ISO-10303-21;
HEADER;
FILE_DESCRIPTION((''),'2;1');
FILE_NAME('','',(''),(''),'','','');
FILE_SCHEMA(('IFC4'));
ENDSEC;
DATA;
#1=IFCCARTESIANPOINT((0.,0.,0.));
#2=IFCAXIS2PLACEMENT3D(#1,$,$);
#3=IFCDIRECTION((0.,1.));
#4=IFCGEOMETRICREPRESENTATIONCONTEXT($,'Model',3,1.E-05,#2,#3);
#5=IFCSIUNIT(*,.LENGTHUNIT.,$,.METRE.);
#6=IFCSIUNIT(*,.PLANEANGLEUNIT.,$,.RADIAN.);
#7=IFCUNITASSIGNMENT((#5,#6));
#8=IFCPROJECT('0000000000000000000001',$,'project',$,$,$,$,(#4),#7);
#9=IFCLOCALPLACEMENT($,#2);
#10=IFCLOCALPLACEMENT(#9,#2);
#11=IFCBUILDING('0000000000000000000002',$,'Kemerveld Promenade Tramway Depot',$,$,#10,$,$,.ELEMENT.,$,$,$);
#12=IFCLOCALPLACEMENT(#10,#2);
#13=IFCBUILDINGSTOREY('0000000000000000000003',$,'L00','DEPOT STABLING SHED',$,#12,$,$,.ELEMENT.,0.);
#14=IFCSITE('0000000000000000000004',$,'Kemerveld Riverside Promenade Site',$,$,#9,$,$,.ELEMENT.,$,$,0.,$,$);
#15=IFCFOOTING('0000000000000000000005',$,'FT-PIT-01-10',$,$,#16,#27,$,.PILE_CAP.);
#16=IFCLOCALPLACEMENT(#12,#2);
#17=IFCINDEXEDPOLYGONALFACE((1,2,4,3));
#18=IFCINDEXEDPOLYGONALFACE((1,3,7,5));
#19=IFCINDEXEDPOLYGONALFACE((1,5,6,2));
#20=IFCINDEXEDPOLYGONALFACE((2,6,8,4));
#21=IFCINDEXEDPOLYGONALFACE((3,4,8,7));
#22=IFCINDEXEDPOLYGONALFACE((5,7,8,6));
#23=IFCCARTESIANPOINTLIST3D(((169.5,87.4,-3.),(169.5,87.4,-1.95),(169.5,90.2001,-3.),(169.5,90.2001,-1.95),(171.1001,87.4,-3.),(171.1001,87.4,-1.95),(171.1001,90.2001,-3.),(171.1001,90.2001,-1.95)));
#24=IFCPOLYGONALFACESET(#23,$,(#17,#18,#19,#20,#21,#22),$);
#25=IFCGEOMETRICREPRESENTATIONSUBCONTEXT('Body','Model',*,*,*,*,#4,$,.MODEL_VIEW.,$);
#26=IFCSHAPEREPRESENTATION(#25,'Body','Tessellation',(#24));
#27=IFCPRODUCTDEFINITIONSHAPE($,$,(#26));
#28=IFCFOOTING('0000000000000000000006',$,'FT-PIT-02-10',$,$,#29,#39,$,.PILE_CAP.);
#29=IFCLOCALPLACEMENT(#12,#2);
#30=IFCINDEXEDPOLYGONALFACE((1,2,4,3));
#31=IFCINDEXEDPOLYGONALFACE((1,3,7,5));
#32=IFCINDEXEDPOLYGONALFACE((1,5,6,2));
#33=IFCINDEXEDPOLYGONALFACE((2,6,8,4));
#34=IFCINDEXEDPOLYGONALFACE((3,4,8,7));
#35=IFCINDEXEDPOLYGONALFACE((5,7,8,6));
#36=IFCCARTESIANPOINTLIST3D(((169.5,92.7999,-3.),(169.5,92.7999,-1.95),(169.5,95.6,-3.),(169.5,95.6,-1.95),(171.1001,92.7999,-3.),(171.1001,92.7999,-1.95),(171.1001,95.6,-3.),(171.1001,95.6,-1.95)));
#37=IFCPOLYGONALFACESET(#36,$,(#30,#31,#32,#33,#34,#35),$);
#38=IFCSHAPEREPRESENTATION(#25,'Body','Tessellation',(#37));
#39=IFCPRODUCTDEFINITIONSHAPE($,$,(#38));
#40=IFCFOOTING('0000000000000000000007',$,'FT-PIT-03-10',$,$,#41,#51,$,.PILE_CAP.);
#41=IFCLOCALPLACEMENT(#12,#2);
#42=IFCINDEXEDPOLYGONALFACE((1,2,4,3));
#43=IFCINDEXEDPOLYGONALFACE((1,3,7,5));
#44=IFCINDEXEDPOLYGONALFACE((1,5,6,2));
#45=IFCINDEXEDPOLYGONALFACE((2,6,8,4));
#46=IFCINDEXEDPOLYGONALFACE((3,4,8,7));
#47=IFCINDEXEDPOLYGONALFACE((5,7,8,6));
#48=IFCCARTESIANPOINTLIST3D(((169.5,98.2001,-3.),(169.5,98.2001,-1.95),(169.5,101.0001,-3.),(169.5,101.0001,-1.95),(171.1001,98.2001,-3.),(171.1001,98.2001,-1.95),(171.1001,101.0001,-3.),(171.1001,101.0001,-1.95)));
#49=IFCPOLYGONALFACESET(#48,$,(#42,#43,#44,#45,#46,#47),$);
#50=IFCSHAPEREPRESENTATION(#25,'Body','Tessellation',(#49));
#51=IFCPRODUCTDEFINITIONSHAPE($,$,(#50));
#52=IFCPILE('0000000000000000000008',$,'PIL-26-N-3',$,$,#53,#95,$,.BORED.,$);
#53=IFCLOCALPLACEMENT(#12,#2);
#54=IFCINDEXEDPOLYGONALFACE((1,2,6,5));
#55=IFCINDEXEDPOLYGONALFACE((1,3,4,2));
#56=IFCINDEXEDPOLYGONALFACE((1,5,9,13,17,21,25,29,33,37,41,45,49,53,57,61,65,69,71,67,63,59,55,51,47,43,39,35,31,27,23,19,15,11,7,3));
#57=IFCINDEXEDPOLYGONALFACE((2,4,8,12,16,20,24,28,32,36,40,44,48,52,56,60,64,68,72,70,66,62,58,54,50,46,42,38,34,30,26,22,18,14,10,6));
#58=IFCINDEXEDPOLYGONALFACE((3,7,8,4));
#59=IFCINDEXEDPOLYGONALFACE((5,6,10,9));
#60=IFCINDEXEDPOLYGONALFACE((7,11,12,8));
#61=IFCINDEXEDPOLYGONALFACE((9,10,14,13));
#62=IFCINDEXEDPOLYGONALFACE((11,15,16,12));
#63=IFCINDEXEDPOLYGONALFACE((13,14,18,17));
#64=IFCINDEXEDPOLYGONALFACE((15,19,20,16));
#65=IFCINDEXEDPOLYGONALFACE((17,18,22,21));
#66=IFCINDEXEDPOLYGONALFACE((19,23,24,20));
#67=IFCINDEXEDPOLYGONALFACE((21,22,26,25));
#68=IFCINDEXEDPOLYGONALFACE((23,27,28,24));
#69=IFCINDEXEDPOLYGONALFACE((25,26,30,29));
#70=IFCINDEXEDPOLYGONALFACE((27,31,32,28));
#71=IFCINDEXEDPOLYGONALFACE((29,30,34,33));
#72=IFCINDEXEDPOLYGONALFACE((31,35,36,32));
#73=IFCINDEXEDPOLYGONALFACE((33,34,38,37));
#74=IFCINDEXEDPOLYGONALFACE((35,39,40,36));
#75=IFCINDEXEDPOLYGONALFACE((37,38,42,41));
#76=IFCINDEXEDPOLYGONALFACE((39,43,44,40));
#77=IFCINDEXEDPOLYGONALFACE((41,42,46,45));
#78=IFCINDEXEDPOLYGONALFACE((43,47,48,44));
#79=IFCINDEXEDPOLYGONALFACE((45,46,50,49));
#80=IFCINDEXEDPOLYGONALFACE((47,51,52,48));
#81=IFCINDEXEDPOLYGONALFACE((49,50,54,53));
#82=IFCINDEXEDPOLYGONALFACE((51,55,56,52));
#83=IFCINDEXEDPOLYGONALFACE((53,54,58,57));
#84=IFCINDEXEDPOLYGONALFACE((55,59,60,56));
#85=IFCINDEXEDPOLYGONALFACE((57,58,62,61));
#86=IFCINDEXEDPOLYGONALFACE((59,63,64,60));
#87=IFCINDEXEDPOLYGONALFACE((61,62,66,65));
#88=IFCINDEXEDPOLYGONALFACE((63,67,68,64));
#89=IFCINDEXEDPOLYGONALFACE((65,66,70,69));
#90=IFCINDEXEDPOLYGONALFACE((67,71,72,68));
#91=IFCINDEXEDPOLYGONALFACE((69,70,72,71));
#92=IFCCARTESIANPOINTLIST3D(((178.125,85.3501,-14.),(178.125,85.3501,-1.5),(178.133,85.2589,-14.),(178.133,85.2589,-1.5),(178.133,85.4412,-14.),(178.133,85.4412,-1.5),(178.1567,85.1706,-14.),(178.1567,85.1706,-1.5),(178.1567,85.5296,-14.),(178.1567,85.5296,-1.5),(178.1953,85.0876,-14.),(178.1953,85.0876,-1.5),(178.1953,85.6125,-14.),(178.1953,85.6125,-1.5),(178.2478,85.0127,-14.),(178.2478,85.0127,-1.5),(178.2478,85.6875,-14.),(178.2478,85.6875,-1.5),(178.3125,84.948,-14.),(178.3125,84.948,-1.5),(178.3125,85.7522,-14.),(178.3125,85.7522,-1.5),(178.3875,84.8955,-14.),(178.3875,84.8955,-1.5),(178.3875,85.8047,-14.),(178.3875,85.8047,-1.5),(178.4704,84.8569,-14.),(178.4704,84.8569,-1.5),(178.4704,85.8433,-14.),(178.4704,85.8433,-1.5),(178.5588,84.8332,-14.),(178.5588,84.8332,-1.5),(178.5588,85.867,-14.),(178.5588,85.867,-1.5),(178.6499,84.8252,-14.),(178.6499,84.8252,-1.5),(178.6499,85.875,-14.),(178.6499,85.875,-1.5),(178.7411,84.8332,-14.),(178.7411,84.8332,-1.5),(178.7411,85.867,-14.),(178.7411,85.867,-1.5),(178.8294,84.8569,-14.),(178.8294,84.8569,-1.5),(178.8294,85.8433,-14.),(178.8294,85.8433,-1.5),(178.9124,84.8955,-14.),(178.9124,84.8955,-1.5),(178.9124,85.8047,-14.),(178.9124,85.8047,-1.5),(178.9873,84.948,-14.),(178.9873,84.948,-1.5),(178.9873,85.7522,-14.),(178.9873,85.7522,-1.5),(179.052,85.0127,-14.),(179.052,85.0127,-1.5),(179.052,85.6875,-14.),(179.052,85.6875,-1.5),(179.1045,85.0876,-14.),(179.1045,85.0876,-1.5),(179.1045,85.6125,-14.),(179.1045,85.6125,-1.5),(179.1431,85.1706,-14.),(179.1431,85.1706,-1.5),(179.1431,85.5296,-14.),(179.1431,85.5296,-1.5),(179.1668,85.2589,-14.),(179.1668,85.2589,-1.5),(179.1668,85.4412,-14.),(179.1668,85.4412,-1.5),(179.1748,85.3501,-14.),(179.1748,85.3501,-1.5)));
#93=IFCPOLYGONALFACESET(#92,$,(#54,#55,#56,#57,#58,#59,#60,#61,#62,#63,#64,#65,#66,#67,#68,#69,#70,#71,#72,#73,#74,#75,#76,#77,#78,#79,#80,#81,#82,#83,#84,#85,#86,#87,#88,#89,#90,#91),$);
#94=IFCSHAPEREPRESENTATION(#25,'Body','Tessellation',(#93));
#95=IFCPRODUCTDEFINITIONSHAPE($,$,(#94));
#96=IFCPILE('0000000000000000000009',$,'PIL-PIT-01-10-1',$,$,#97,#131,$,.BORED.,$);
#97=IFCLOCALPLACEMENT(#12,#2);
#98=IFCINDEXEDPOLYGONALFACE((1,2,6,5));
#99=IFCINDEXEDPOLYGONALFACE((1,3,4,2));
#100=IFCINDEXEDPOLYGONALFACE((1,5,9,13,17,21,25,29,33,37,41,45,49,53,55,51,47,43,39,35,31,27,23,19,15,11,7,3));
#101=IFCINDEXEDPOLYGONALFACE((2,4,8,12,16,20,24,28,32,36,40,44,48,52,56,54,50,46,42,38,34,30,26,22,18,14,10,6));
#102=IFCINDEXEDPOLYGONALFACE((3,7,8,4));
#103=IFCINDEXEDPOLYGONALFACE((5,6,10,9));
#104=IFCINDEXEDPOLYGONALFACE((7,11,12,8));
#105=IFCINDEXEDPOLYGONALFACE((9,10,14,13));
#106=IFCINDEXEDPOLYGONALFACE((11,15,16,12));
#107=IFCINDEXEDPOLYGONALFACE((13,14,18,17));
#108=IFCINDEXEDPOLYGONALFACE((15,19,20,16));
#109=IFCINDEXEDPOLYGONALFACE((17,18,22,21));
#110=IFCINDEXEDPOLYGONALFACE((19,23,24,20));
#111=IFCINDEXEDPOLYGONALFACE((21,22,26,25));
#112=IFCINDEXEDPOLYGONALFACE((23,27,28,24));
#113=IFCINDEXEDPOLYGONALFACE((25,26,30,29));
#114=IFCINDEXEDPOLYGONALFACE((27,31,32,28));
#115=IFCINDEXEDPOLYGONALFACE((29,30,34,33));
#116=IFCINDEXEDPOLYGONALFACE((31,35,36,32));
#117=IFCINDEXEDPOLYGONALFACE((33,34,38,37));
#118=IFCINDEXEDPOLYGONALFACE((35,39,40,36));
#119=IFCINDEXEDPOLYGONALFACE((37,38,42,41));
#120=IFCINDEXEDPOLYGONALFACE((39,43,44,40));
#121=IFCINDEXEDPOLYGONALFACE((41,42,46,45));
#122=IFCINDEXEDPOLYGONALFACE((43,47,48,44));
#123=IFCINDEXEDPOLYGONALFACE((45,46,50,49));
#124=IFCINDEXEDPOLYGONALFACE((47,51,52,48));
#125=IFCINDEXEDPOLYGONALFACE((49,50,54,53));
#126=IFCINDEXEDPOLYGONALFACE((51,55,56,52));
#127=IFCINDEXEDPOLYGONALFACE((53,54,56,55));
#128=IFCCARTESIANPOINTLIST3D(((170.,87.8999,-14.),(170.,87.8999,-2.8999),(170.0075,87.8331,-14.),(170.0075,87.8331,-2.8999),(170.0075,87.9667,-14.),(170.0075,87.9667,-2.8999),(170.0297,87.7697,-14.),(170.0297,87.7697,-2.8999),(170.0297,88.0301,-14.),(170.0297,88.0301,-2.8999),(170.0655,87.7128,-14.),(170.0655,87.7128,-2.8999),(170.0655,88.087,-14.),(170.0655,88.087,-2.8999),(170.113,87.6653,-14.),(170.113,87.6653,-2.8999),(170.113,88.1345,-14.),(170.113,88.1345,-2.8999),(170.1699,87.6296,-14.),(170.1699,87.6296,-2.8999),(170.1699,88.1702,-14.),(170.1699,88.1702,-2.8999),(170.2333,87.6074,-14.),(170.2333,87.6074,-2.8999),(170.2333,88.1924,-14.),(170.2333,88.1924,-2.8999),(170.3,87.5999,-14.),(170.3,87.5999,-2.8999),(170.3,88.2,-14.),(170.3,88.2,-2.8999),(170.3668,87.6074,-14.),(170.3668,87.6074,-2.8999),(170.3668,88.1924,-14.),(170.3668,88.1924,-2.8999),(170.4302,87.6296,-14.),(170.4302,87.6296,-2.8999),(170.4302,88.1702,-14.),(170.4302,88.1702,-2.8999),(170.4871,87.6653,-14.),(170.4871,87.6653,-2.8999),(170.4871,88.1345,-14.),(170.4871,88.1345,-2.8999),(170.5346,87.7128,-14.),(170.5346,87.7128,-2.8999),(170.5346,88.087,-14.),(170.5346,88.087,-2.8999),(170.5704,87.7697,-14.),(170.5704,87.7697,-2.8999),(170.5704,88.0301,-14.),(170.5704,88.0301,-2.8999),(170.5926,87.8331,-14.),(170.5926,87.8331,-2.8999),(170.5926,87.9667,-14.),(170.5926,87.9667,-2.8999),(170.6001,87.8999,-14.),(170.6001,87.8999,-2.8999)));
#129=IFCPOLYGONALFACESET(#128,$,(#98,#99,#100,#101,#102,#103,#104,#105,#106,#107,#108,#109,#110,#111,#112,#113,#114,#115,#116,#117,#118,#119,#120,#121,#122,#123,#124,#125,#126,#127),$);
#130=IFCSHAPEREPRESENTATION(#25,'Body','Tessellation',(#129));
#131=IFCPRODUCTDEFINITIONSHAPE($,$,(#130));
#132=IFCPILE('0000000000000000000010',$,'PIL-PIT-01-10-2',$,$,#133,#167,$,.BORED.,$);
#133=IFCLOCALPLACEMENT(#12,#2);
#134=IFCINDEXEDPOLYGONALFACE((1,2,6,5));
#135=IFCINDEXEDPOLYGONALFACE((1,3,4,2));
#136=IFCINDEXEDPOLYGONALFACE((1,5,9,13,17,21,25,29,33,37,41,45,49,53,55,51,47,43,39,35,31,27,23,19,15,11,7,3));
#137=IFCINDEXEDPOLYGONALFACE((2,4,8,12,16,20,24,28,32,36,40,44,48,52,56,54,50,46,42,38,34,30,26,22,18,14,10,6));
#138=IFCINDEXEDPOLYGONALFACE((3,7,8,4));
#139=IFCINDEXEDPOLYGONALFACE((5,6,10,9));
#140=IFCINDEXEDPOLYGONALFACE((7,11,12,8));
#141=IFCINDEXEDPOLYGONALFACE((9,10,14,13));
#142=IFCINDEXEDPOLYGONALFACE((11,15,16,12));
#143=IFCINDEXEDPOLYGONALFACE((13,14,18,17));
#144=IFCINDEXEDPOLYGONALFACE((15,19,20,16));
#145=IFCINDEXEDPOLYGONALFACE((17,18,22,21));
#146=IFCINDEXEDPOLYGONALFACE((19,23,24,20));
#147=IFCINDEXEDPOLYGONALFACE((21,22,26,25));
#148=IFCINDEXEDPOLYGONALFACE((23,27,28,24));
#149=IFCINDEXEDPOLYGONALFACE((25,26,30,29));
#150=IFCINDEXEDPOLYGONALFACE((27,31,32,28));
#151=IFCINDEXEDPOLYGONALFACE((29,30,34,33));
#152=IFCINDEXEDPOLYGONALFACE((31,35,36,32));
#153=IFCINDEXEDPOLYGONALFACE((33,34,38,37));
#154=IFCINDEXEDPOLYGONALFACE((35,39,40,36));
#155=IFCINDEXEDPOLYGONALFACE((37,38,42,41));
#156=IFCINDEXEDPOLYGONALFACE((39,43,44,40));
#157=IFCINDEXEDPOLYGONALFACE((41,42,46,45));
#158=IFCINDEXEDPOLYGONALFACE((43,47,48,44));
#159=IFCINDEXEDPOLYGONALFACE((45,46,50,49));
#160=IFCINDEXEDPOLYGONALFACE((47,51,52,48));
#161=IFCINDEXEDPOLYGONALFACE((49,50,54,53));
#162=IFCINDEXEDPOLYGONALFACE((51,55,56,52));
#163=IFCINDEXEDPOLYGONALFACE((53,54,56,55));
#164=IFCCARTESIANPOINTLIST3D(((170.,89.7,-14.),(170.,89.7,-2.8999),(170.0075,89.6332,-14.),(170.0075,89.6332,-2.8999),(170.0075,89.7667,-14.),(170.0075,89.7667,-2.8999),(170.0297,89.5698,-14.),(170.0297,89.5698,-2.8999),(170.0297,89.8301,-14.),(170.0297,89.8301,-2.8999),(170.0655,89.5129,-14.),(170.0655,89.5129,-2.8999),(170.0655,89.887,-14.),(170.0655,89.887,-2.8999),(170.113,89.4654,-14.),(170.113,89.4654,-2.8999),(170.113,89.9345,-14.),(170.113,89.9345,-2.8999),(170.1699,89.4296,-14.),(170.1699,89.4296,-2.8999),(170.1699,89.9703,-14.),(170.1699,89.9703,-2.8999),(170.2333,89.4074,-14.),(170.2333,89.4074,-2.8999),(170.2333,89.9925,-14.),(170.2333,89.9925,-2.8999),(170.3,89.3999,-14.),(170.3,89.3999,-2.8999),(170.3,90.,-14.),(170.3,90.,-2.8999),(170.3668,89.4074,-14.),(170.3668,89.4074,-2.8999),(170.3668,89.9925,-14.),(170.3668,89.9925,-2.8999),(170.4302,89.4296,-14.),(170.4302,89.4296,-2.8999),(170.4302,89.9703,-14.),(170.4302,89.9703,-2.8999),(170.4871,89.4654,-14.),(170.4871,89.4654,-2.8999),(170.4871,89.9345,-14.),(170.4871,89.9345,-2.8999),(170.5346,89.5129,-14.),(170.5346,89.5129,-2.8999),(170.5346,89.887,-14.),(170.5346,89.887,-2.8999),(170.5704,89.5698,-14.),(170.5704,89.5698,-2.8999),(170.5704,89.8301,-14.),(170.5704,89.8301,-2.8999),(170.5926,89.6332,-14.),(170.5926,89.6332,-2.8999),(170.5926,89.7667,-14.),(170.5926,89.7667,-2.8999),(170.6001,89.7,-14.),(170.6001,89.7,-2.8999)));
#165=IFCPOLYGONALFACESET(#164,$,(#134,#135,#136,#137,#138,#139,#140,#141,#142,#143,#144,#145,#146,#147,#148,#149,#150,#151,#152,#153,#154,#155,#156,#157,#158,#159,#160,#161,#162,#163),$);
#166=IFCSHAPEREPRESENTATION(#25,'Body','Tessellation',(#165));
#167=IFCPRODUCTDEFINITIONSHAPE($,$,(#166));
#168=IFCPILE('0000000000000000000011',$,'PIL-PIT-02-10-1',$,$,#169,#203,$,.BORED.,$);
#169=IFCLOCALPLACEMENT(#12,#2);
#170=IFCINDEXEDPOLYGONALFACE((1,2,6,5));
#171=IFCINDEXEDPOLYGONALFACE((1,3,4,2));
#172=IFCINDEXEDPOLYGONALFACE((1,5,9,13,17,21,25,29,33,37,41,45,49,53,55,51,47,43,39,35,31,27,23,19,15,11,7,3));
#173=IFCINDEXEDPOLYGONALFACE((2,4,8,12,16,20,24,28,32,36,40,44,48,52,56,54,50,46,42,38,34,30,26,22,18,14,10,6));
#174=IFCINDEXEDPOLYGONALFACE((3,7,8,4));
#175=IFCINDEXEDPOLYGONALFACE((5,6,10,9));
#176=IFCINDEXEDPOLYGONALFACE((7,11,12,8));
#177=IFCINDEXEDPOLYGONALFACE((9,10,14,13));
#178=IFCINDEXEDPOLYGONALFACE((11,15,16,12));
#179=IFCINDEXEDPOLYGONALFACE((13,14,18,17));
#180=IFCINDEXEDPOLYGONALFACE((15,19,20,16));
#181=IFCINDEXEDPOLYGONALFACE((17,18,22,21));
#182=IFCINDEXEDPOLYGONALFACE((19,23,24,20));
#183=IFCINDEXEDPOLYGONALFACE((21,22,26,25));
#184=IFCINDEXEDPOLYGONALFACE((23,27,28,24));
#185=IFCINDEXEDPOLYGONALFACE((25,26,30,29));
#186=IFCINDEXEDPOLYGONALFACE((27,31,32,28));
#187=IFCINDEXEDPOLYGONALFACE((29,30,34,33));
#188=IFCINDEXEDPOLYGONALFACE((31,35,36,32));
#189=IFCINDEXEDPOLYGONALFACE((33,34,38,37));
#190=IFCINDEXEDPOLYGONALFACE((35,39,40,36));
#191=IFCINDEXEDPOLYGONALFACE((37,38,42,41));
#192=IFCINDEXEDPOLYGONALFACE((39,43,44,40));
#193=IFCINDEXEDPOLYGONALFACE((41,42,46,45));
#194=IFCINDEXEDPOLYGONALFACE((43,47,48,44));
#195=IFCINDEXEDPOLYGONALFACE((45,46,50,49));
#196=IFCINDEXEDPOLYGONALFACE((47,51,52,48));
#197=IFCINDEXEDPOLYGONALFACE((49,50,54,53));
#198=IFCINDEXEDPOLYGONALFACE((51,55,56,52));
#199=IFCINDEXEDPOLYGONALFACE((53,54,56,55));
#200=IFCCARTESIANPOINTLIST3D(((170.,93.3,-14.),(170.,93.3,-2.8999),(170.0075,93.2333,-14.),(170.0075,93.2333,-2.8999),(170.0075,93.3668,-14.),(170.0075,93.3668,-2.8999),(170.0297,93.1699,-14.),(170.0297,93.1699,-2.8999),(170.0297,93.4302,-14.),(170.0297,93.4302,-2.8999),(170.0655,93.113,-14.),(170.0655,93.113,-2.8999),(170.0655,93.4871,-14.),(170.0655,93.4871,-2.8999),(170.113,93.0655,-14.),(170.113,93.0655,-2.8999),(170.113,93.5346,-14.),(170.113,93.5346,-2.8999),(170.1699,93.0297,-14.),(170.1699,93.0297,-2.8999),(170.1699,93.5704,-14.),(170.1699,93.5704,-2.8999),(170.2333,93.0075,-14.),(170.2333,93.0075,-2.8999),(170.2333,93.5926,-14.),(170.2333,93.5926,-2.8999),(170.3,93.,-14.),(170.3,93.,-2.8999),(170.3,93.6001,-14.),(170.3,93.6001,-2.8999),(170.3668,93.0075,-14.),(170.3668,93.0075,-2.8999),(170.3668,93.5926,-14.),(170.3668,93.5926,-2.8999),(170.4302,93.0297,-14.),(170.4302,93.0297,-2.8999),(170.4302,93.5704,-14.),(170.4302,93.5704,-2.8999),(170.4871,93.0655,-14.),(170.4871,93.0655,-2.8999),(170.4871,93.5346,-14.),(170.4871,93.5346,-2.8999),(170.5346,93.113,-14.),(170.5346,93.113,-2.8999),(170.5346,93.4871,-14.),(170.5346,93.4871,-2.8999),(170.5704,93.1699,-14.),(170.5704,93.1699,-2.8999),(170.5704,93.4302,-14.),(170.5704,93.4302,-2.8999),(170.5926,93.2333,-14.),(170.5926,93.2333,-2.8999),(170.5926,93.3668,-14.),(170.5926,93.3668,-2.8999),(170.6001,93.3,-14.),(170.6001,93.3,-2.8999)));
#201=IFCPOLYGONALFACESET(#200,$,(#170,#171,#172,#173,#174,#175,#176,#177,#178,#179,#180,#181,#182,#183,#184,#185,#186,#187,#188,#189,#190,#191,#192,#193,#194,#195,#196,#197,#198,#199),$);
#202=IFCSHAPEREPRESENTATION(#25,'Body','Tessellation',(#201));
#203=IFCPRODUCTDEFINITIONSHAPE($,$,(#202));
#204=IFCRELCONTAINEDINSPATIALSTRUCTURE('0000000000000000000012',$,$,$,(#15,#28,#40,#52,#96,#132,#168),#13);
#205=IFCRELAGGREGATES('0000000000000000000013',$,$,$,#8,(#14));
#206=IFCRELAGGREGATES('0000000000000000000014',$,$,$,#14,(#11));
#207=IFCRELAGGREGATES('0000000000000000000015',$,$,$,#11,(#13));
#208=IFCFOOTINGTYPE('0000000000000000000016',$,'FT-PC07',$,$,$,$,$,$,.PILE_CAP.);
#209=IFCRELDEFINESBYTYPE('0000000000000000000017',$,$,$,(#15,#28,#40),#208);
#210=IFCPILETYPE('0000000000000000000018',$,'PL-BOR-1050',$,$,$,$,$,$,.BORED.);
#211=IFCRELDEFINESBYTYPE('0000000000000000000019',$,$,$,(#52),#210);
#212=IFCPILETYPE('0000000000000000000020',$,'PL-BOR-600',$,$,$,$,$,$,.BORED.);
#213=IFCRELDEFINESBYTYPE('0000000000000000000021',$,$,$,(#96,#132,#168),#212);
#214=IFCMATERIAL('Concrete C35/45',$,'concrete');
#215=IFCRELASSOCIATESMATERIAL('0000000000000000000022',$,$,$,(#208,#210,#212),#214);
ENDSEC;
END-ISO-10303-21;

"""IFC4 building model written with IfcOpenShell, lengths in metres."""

from ifc_helpers import new_model, si_unit, direction, frame, origin, origin_2d, place, context, subcontext, project, spatial, rectangle, circle, extrude, material, material_profile, profile_set, type_object, element, save


model = new_model("IFC4")

# Units and contexts
model_context = context("Model", 3, precision=1e-05, world=origin(), true_north=direction((0.0, 1.0)))
body_context = subcontext(model_context, "Body", "Model", "MODEL_VIEW")
ifc_project = project(units=[si_unit("LENGTHUNIT", "METRE"), si_unit("PLANEANGLEUNIT", "RADIAN")], contexts=[model_context])

# Site, building, storey
site_placement = place(None, origin())
site = spatial("IfcSite", under=ifc_project, at=site_placement, Name="Kemerveld Riverside Promenade Site", CompositionType="ELEMENT", RefElevation=0.0)
building_placement = place(site_placement, origin())
building = spatial("IfcBuilding", under=site, at=building_placement, Name="Kemerveld Promenade Tramway Depot", CompositionType="ELEMENT")
storey_placement = place(building_placement, origin())
storey = spatial("IfcBuildingStorey", under=building, at=storey_placement, Name="L00", Description="DEPOT STABLING SHED", CompositionType="ELEMENT", Elevation=0.0)

# Footings
ifc_material_1 = material(Name="Concrete C35/45", Category="concrete")
footing_type = type_object("IfcFootingType", Name="FT-PC07", PredefinedType="PILE_CAP", material=ifc_material_1)
for number, where, z_axis, x_axis, name in (
    (1, (170.3, 88.8, -3.0), (0.0, 0.0, 1.0), (1.0, 0.0, 0.0), "FT-PIT-01-10"),
    (2, (170.3, 94.2, -3.0), (0.0, 0.0, 1.0), (1.0, 0.0, 0.0), "FT-PIT-02-10"),
    (3, (170.3, 99.6001, -3.0), (0.0, 0.0, 1.0), (1.0, 0.0, 0.0), "FT-PIT-03-10"),
):
    element("IfcFooting", number, at=place(storey_placement, frame(where, z_axis=z_axis, x_axis=x_axis)), inside=storey, type_object=footing_type, Name=name, PredefinedType="PILE_CAP", context=body_context, shape_type="SweptSolid", body=[
        extrude(rectangle(XDim=1.6001, YDim=2.8, at=origin_2d()), origin(), (0.0, 0.0, 1.0), 1.05),
    ])

# Piles
ifc_material_profile_1 = material_profile(ifc_material_1, circle(Radius=0.5249, at=origin_2d()), Name="PILE-D1050")
ifc_profile_set_1 = profile_set([ifc_material_profile_1], Name="Concrete C35/45")
pile_type_1 = type_object("IfcPileType", Name="PL-BOR-1050", PredefinedType="BORED", material=ifc_profile_set_1)
pile_1_placement = place(storey_placement, frame((178.6499, 85.3501, -1.5), z_axis=(0.0, 0.0, -1.0), x_axis=(1.0, 0.0, 0.0)))
element("IfcPile", 4, at=pile_1_placement, inside=storey, type_object=pile_type_1, Name="PIL-26-N-3", PredefinedType="BORED", context=body_context, shape_type="SweptSolid", body=[
    extrude(circle(Radius=0.5249, at=origin_2d()), origin(), (0.0, 0.0, 1.0), 12.5),
])
ifc_material_profile_2 = material_profile(ifc_material_1, circle(Radius=0.3, at=origin_2d()), Name="PILE-D600")
ifc_profile_set_2 = profile_set([ifc_material_profile_2], Name="Concrete C35/45")
pile_type_2 = type_object("IfcPileType", Name="PL-BOR-600", PredefinedType="BORED", material=ifc_profile_set_2)
for number, where, z_axis, x_axis, name in (
    (5, (170.3, 87.8999, -2.8999), (0.0, 0.0, -1.0), (1.0, 0.0, 0.0), "PIL-PIT-01-10-1"),
    (6, (170.3, 89.7, -2.8999), (0.0, 0.0, -1.0), (1.0, 0.0, 0.0), "PIL-PIT-01-10-2"),
    (7, (170.3, 93.3, -2.8999), (0.0, 0.0, -1.0), (1.0, 0.0, 0.0), "PIL-PIT-02-10-1"),
):
    element("IfcPile", number, at=place(storey_placement, frame(where, z_axis=z_axis, x_axis=x_axis)), inside=storey, type_object=pile_type_2, Name=name, PredefinedType="BORED", context=body_context, shape_type="SweptSolid", body=[
        extrude(circle(Radius=0.3, at=origin_2d()), origin(), (0.0, 0.0, 1.0), 11.1001),
    ])

save(model, "model.ifc")
